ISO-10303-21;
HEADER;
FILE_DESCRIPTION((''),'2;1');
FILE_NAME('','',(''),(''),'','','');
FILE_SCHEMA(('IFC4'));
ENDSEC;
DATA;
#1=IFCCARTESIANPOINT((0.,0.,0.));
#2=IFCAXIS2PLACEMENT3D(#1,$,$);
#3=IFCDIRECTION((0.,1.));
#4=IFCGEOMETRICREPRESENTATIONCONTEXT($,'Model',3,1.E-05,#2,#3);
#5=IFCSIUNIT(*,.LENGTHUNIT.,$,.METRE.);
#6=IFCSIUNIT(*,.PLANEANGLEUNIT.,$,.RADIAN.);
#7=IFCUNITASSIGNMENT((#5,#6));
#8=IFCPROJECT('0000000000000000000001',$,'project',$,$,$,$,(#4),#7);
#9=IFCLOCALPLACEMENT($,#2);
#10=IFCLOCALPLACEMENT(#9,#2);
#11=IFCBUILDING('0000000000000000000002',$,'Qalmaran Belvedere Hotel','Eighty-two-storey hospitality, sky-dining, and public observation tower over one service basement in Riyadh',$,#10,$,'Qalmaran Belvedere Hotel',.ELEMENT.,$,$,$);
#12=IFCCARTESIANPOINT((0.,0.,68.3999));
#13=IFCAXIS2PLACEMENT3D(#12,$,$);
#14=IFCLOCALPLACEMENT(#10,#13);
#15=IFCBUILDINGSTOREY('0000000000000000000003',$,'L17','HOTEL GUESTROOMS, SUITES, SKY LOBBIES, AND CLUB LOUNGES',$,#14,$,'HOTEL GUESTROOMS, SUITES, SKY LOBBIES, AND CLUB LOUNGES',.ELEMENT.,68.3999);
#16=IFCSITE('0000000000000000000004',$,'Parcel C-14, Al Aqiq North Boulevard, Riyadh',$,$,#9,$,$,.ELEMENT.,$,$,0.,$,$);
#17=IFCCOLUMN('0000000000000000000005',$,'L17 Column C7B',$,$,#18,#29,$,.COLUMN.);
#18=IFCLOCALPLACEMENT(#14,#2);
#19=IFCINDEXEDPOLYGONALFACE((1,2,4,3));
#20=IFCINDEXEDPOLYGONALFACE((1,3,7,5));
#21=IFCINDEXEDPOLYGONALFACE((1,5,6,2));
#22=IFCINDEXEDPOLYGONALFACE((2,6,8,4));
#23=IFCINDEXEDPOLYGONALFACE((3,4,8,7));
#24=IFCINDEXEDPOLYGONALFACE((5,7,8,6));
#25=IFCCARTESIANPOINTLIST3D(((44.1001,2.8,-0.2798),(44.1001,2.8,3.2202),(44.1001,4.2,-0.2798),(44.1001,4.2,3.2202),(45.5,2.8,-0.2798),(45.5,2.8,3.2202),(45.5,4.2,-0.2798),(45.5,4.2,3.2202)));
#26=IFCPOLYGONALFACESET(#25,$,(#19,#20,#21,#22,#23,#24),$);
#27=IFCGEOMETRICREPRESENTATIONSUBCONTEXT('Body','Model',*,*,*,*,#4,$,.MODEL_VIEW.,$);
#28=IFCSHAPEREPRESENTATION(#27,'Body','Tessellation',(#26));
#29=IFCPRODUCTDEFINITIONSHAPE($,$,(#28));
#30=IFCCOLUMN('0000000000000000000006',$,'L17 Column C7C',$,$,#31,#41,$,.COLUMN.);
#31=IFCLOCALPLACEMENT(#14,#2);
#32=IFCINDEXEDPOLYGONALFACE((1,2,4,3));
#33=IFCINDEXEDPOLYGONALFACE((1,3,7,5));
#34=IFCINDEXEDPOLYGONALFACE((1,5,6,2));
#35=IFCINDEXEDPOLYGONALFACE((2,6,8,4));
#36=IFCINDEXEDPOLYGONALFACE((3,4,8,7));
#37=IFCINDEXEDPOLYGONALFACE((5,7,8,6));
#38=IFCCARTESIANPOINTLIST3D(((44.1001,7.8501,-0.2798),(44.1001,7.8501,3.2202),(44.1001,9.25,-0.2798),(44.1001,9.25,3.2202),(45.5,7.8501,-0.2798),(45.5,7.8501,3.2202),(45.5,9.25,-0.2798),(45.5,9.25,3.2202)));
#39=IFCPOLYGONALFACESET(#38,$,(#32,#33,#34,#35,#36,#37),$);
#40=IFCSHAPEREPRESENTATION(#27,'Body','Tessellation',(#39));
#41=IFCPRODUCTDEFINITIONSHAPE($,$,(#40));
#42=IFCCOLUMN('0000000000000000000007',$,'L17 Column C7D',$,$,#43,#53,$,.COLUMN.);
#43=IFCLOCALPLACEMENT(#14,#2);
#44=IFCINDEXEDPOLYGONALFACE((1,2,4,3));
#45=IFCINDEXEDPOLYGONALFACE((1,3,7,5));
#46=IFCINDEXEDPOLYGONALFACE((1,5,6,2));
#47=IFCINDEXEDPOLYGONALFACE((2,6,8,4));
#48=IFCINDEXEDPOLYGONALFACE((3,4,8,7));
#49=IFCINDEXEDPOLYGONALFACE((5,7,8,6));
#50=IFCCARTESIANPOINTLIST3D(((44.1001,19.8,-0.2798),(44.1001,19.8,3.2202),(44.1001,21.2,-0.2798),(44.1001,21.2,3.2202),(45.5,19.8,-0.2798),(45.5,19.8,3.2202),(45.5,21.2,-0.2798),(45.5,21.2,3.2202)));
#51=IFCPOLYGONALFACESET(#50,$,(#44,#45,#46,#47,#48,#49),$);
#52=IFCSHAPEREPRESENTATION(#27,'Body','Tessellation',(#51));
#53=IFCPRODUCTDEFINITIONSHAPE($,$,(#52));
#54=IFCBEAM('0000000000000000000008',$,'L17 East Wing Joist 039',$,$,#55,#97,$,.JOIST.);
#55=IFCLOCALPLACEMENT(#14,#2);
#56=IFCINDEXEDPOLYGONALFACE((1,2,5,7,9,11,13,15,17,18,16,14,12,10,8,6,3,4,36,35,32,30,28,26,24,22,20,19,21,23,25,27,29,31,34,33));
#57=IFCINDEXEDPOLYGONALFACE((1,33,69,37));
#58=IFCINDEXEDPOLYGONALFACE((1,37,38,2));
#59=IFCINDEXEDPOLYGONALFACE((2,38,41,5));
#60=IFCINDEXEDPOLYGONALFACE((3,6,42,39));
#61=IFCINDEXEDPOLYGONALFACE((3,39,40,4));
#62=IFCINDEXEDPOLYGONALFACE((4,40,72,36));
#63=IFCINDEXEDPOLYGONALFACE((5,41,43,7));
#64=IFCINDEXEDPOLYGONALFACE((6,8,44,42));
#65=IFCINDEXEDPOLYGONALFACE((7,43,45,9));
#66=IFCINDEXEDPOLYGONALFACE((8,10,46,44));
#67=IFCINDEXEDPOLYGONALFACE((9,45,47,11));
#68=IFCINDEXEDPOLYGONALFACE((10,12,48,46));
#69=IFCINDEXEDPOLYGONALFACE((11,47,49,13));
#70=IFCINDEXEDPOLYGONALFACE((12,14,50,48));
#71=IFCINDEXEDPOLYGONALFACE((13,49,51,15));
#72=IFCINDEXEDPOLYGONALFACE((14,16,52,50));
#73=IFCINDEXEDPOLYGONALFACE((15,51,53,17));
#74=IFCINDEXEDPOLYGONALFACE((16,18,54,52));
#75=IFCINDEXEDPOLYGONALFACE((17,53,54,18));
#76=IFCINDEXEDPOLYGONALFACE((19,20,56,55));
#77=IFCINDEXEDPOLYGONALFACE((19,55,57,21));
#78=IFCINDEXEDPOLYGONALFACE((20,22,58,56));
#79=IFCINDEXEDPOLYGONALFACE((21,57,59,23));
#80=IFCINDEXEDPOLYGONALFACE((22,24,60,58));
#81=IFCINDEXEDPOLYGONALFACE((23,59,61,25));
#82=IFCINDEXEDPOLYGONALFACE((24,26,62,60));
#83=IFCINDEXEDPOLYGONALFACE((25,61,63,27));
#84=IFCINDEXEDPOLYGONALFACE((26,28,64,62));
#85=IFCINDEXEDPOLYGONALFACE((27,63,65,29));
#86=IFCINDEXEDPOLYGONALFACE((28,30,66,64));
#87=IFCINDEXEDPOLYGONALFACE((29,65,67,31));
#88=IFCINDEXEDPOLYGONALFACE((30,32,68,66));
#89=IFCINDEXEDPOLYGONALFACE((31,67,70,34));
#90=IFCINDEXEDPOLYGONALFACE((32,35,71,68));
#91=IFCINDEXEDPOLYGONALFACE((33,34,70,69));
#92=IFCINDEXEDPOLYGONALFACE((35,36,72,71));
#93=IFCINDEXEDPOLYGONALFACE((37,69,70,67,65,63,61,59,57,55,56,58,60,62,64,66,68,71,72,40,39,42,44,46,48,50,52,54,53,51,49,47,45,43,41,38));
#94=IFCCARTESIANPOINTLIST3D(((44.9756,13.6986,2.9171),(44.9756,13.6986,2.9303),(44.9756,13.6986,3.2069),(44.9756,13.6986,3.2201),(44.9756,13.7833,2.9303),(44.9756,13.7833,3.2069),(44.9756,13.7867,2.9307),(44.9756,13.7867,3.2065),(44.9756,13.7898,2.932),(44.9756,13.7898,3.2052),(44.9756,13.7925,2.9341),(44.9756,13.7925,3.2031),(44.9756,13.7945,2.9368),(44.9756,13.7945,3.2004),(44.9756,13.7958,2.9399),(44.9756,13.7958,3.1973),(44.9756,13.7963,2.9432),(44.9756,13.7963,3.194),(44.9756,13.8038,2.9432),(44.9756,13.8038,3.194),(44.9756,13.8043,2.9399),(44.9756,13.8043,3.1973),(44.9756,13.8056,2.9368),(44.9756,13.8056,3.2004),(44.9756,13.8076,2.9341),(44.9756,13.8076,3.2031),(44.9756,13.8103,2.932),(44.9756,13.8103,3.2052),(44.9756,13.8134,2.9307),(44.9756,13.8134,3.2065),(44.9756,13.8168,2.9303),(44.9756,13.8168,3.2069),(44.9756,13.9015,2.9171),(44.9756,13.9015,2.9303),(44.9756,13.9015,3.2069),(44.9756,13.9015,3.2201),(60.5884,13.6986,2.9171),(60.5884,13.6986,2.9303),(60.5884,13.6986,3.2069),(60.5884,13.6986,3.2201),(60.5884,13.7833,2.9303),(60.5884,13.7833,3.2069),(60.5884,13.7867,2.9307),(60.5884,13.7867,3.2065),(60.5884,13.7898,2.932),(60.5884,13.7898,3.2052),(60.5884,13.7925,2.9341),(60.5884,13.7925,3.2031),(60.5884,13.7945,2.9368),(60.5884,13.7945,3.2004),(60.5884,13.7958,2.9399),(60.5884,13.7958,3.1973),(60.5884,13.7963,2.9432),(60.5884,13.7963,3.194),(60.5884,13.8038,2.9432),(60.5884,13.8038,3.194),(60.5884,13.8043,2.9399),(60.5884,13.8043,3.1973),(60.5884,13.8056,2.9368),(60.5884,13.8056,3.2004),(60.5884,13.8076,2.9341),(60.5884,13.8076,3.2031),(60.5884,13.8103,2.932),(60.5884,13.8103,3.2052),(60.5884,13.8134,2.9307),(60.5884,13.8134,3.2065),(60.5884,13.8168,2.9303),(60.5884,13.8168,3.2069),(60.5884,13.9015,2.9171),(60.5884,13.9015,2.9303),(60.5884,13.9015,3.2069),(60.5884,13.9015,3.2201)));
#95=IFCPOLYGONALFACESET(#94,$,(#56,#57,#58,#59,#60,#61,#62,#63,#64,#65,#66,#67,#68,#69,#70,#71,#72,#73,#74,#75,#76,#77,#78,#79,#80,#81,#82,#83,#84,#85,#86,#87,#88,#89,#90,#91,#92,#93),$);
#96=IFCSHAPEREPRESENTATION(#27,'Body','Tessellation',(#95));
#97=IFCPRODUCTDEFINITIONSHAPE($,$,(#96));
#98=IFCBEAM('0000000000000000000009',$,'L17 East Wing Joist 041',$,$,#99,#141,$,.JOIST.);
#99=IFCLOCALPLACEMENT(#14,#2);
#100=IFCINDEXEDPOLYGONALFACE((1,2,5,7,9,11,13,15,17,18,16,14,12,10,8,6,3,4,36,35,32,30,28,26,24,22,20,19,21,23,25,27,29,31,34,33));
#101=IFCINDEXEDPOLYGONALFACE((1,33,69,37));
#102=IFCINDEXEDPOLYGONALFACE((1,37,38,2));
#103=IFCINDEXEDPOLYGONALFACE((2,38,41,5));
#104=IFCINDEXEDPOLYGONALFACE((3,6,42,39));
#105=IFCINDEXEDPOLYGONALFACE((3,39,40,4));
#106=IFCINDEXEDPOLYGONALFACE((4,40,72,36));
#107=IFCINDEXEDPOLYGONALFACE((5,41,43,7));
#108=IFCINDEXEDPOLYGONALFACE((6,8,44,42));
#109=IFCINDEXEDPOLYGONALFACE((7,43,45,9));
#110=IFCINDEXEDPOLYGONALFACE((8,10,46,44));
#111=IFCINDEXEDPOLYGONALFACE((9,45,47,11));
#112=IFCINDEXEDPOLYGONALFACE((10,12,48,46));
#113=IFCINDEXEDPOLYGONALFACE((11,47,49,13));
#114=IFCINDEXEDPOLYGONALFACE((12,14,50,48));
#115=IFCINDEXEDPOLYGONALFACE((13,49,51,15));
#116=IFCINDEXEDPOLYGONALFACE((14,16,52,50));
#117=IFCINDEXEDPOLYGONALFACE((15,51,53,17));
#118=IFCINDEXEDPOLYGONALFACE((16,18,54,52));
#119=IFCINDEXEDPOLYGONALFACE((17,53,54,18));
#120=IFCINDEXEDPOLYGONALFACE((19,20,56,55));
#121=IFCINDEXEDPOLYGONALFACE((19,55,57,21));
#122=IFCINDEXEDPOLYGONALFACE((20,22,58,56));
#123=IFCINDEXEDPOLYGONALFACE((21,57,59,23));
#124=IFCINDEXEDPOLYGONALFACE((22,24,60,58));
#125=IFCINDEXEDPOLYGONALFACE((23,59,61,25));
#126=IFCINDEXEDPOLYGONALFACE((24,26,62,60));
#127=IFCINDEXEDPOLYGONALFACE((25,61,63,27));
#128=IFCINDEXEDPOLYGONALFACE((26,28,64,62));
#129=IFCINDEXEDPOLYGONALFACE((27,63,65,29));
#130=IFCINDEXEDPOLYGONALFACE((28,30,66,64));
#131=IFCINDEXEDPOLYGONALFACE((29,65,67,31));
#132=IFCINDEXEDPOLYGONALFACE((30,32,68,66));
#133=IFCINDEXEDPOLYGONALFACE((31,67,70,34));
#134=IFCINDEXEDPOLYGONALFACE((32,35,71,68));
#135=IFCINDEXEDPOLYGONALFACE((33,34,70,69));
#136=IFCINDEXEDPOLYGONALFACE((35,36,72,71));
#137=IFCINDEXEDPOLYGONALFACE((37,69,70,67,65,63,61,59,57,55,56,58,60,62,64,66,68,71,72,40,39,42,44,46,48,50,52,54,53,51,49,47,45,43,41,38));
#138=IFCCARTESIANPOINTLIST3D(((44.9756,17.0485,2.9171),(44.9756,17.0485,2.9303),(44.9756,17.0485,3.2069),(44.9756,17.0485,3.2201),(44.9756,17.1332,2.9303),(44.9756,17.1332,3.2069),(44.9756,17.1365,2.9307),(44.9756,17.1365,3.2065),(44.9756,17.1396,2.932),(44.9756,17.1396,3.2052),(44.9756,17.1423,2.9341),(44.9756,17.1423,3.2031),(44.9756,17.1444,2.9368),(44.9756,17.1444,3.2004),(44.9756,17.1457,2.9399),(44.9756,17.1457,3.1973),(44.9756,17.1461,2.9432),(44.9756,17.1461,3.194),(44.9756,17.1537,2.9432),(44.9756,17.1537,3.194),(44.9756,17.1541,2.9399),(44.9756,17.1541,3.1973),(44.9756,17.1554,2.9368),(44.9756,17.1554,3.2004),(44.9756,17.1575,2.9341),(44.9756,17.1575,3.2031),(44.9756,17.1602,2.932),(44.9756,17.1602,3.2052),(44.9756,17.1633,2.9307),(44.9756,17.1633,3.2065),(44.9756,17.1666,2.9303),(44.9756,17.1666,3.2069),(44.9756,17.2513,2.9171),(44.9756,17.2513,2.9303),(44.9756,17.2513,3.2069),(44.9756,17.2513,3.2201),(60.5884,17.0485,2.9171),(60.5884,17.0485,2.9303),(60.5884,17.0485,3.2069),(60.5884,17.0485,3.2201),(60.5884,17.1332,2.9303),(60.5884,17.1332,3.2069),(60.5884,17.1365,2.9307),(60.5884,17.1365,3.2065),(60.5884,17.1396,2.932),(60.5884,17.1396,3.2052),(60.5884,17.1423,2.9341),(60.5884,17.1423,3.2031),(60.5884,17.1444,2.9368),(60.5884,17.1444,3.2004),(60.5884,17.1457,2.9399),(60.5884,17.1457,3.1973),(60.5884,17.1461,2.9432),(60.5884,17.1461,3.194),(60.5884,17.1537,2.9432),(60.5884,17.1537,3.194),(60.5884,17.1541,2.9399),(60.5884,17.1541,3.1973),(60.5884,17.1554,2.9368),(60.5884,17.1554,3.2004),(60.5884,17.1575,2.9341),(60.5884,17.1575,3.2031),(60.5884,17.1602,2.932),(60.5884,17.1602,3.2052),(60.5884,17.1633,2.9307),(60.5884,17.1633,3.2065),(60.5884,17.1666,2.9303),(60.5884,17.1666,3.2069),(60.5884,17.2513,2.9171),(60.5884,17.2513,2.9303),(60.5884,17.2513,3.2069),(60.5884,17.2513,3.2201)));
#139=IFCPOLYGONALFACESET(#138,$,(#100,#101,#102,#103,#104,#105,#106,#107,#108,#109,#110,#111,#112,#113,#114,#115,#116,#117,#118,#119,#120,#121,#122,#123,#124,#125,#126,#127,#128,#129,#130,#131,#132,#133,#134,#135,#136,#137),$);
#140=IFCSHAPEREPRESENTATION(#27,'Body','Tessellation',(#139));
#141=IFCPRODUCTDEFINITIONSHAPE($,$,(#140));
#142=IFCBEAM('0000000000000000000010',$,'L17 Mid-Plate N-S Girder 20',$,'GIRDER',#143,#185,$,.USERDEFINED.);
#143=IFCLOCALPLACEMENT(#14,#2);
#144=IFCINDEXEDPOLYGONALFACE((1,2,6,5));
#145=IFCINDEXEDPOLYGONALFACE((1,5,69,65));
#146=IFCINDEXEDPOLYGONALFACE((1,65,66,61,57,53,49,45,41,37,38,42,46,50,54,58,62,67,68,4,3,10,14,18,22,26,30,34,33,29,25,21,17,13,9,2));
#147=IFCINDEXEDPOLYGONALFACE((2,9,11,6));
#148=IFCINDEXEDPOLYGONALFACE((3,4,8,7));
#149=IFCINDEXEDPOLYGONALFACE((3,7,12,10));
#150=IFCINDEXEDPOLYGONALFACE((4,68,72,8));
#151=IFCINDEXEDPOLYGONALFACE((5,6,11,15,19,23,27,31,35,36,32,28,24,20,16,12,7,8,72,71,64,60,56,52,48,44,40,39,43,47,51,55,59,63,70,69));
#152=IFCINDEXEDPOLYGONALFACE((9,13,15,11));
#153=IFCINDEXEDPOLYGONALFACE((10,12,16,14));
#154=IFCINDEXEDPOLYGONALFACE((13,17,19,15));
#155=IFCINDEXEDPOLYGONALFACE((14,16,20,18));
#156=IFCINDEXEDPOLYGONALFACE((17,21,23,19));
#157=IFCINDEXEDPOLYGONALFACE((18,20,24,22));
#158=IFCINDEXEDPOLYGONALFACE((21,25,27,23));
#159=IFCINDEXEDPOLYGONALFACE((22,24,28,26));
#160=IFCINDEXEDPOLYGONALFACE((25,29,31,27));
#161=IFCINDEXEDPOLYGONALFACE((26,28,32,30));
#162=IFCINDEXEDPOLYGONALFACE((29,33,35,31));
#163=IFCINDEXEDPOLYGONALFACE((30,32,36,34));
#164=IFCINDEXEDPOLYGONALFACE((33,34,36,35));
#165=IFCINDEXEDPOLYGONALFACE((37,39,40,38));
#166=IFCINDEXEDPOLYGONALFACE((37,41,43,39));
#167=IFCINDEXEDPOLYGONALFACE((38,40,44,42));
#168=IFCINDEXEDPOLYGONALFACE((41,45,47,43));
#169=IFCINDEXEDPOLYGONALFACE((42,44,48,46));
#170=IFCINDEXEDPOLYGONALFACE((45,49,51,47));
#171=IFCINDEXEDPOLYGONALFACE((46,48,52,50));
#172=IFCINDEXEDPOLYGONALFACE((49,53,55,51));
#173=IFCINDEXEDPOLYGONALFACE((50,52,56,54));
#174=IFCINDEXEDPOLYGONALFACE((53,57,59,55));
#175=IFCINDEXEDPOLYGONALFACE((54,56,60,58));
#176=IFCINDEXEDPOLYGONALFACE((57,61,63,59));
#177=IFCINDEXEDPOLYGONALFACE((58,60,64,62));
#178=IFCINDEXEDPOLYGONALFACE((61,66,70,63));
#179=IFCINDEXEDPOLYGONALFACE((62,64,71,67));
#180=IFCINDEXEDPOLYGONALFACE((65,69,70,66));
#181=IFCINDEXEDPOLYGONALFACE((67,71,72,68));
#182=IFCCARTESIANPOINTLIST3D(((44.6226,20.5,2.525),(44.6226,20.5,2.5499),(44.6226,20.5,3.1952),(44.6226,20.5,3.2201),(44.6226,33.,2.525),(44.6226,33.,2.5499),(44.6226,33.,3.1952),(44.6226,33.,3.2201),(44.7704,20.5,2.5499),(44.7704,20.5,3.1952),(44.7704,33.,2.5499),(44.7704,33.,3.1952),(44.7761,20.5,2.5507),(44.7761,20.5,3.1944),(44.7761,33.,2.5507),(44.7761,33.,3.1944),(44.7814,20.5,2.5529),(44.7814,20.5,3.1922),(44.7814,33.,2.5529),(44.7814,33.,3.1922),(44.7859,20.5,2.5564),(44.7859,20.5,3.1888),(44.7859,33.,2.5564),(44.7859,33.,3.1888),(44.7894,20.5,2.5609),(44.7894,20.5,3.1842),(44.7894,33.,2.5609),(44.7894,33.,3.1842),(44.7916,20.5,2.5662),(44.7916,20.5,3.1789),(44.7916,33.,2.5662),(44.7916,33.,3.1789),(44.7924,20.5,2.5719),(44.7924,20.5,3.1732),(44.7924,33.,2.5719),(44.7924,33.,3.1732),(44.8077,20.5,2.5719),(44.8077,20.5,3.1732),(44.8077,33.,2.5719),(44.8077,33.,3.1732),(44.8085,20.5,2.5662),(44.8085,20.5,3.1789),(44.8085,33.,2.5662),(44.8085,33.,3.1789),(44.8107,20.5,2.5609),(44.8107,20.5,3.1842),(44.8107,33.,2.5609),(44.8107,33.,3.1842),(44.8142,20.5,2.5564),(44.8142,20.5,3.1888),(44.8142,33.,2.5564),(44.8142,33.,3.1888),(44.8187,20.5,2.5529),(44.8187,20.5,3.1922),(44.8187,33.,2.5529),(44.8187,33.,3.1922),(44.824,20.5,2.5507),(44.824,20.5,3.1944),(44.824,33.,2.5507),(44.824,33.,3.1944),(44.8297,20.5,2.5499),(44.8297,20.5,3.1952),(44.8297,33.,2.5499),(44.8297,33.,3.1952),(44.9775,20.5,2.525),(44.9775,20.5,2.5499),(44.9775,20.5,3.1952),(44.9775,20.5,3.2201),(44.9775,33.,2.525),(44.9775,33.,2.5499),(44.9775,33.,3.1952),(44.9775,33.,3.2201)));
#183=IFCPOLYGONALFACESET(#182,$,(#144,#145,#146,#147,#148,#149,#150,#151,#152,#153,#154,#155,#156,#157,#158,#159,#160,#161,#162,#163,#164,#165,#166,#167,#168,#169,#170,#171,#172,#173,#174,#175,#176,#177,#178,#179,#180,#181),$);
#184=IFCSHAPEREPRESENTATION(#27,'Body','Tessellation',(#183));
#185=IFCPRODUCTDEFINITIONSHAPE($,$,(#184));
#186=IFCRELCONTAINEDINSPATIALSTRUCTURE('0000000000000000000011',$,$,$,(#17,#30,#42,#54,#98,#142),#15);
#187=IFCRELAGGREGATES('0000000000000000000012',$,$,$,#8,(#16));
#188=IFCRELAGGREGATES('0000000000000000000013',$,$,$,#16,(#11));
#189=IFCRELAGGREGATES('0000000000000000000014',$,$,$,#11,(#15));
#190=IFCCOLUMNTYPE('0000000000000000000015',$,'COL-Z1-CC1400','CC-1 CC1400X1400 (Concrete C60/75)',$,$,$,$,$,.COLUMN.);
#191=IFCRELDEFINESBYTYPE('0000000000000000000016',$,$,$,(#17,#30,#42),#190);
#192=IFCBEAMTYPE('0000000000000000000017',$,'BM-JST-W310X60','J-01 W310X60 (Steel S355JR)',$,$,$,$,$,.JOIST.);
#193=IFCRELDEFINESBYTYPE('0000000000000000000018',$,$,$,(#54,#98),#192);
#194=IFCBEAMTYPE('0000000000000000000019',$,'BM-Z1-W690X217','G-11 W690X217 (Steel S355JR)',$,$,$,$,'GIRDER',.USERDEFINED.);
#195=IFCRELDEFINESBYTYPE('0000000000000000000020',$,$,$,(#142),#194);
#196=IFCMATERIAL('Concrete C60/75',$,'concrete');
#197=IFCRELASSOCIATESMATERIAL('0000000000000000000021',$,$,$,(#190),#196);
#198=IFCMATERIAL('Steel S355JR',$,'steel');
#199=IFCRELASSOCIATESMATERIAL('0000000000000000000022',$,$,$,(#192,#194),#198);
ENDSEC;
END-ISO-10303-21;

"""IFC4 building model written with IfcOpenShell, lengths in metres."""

from ifc_helpers import new_model, si_unit, direction, frame, origin, origin_2d, place, context, subcontext, project, spatial, rectangle, i_section, extrude, material, material_profile, profile_set, type_object, element, save


model = new_model("IFC4")

# Units and contexts
model_context = context("Model", 3, precision=1e-05, world=origin(), true_north=direction((0.0, 1.0)))
body_context = subcontext(model_context, "Body", "Model", "MODEL_VIEW")
ifc_project = project(units=[si_unit("LENGTHUNIT", "METRE"), si_unit("PLANEANGLEUNIT", "RADIAN")], contexts=[model_context])

# Site, building, storey
site_placement = place(None, origin())
site = spatial("IfcSite", under=ifc_project, at=site_placement, Name="Parcel C-14, Al Aqiq North Boulevard, Riyadh", CompositionType="ELEMENT", RefElevation=0.0)
building_placement = place(site_placement, origin())
building = spatial("IfcBuilding", under=site, at=building_placement, Name="Qalmaran Belvedere Hotel", Description="Eighty-two-storey hospitality, sky-dining, and public observation tower over one service basement in Riyadh", LongName="Qalmaran Belvedere Hotel", CompositionType="ELEMENT")
storey_placement = place(building_placement, frame((0.0, 0.0, 68.3999)))
storey = spatial("IfcBuildingStorey", under=building, at=storey_placement, Name="L17", Description="HOTEL GUESTROOMS, SUITES, SKY LOBBIES, AND CLUB LOUNGES", LongName="HOTEL GUESTROOMS, SUITES, SKY LOBBIES, AND CLUB LOUNGES", CompositionType="ELEMENT", Elevation=68.3999)

# Columns
ifc_material_1 = material(Name="Concrete C60/75", Category="concrete")
ifc_material_profile_1 = material_profile(ifc_material_1, rectangle(XDim=1.3999, YDim=1.3999, at=origin_2d()), Name="CC1400X1400")
ifc_profile_set_1 = profile_set([ifc_material_profile_1], Name="Concrete C60/75")
column_type = type_object("IfcColumnType", Name="COL-Z1-CC1400", Description="CC-1 CC1400X1400 (Concrete C60/75)", PredefinedType="COLUMN", material=ifc_profile_set_1)
for number, where, z_axis, x_axis, name in (
    (1, (44.8, 3.5, -0.2798), (0.0, 0.0, 1.0), (1.0, 0.0, 0.0), "L17 Column C7B"),
    (2, (44.8, 8.55, -0.2798), (0.0, 0.0, 1.0), (1.0, 0.0, 0.0), "L17 Column C7C"),
    (3, (44.8, 20.5, -0.2798), (0.0, 0.0, 1.0), (1.0, 0.0, 0.0), "L17 Column C7D"),
):
    element("IfcColumn", number, at=place(storey_placement, frame(where, z_axis=z_axis, x_axis=x_axis)), inside=storey, type_object=column_type, Name=name, PredefinedType="COLUMN", context=body_context, shape_type="SweptSolid", body=[
        extrude(rectangle(XDim=1.3999, YDim=1.3999, at=origin_2d()), origin(), (0.0, 0.0, 1.0), 3.5),
    ])

# Beams
ifc_material_2 = material(Name="Steel S355JR", Category="steel")
ifc_material_profile_2 = material_profile(ifc_material_2, i_section(OverallWidth=0.2029, OverallDepth=0.303, WebThickness=0.0076, FlangeThickness=0.0132, FilletRadius=0.0129, at=origin_2d()), Name="W310X60")
ifc_profile_set_2 = profile_set([ifc_material_profile_2], Name="Steel S355JR")
beam_type_1 = type_object("IfcBeamType", Name="BM-JST-W310X60", Description="J-01 W310X60 (Steel S355JR)", PredefinedType="JOIST", material=ifc_profile_set_2)
for number, where, z_axis, x_axis, name in (
    (4, (44.9756, 13.8, 3.0686), (1.0, 0.0, 0.0), (0.0, 1.0, 0.0), "L17 East Wing Joist 039"),
    (5, (44.9756, 17.1499, 3.0686), (1.0, 0.0, 0.0), (0.0, 1.0, 0.0), "L17 East Wing Joist 041"),
):
    element("IfcBeam", number, at=place(storey_placement, frame(where, z_axis=z_axis, x_axis=x_axis)), inside=storey, type_object=beam_type_1, Name=name, PredefinedType="JOIST", context=body_context, shape_type="SweptSolid", body=[
        extrude(i_section(OverallWidth=0.2029, OverallDepth=0.303, WebThickness=0.0076, FlangeThickness=0.0132, FilletRadius=0.0129, at=origin_2d()), origin(), (0.0, 0.0, 1.0), 15.6128),
    ])
ifc_material_profile_3 = material_profile(ifc_material_2, i_section(OverallWidth=0.355, OverallDepth=0.6951, WebThickness=0.0154, FlangeThickness=0.0249, FilletRadius=0.022, at=origin_2d()), Name="W690X217")
ifc_profile_set_3 = profile_set([ifc_material_profile_3], Name="Steel S355JR")
beam_type_2 = type_object("IfcBeamType", Name="BM-Z1-W690X217", Description="G-11 W690X217 (Steel S355JR)", ElementType="GIRDER", PredefinedType="USERDEFINED", material=ifc_profile_set_3)
beam_1_placement = place(storey_placement, frame((44.8, 20.5, 2.8726), z_axis=(0.0, 1.0, 0.0), x_axis=(-1.0, 0.0, 0.0)))
element("IfcBeam", 6, at=beam_1_placement, inside=storey, type_object=beam_type_2, Name="L17 Mid-Plate N-S Girder 20", ObjectType="GIRDER", PredefinedType="USERDEFINED", context=body_context, shape_type="SweptSolid", body=[
    extrude(i_section(OverallWidth=0.355, OverallDepth=0.6951, WebThickness=0.0154, FlangeThickness=0.0249, FilletRadius=0.022, at=origin_2d()), origin(), (0.0, 0.0, 1.0), 12.5),
])

save(model, "model.ifc")
